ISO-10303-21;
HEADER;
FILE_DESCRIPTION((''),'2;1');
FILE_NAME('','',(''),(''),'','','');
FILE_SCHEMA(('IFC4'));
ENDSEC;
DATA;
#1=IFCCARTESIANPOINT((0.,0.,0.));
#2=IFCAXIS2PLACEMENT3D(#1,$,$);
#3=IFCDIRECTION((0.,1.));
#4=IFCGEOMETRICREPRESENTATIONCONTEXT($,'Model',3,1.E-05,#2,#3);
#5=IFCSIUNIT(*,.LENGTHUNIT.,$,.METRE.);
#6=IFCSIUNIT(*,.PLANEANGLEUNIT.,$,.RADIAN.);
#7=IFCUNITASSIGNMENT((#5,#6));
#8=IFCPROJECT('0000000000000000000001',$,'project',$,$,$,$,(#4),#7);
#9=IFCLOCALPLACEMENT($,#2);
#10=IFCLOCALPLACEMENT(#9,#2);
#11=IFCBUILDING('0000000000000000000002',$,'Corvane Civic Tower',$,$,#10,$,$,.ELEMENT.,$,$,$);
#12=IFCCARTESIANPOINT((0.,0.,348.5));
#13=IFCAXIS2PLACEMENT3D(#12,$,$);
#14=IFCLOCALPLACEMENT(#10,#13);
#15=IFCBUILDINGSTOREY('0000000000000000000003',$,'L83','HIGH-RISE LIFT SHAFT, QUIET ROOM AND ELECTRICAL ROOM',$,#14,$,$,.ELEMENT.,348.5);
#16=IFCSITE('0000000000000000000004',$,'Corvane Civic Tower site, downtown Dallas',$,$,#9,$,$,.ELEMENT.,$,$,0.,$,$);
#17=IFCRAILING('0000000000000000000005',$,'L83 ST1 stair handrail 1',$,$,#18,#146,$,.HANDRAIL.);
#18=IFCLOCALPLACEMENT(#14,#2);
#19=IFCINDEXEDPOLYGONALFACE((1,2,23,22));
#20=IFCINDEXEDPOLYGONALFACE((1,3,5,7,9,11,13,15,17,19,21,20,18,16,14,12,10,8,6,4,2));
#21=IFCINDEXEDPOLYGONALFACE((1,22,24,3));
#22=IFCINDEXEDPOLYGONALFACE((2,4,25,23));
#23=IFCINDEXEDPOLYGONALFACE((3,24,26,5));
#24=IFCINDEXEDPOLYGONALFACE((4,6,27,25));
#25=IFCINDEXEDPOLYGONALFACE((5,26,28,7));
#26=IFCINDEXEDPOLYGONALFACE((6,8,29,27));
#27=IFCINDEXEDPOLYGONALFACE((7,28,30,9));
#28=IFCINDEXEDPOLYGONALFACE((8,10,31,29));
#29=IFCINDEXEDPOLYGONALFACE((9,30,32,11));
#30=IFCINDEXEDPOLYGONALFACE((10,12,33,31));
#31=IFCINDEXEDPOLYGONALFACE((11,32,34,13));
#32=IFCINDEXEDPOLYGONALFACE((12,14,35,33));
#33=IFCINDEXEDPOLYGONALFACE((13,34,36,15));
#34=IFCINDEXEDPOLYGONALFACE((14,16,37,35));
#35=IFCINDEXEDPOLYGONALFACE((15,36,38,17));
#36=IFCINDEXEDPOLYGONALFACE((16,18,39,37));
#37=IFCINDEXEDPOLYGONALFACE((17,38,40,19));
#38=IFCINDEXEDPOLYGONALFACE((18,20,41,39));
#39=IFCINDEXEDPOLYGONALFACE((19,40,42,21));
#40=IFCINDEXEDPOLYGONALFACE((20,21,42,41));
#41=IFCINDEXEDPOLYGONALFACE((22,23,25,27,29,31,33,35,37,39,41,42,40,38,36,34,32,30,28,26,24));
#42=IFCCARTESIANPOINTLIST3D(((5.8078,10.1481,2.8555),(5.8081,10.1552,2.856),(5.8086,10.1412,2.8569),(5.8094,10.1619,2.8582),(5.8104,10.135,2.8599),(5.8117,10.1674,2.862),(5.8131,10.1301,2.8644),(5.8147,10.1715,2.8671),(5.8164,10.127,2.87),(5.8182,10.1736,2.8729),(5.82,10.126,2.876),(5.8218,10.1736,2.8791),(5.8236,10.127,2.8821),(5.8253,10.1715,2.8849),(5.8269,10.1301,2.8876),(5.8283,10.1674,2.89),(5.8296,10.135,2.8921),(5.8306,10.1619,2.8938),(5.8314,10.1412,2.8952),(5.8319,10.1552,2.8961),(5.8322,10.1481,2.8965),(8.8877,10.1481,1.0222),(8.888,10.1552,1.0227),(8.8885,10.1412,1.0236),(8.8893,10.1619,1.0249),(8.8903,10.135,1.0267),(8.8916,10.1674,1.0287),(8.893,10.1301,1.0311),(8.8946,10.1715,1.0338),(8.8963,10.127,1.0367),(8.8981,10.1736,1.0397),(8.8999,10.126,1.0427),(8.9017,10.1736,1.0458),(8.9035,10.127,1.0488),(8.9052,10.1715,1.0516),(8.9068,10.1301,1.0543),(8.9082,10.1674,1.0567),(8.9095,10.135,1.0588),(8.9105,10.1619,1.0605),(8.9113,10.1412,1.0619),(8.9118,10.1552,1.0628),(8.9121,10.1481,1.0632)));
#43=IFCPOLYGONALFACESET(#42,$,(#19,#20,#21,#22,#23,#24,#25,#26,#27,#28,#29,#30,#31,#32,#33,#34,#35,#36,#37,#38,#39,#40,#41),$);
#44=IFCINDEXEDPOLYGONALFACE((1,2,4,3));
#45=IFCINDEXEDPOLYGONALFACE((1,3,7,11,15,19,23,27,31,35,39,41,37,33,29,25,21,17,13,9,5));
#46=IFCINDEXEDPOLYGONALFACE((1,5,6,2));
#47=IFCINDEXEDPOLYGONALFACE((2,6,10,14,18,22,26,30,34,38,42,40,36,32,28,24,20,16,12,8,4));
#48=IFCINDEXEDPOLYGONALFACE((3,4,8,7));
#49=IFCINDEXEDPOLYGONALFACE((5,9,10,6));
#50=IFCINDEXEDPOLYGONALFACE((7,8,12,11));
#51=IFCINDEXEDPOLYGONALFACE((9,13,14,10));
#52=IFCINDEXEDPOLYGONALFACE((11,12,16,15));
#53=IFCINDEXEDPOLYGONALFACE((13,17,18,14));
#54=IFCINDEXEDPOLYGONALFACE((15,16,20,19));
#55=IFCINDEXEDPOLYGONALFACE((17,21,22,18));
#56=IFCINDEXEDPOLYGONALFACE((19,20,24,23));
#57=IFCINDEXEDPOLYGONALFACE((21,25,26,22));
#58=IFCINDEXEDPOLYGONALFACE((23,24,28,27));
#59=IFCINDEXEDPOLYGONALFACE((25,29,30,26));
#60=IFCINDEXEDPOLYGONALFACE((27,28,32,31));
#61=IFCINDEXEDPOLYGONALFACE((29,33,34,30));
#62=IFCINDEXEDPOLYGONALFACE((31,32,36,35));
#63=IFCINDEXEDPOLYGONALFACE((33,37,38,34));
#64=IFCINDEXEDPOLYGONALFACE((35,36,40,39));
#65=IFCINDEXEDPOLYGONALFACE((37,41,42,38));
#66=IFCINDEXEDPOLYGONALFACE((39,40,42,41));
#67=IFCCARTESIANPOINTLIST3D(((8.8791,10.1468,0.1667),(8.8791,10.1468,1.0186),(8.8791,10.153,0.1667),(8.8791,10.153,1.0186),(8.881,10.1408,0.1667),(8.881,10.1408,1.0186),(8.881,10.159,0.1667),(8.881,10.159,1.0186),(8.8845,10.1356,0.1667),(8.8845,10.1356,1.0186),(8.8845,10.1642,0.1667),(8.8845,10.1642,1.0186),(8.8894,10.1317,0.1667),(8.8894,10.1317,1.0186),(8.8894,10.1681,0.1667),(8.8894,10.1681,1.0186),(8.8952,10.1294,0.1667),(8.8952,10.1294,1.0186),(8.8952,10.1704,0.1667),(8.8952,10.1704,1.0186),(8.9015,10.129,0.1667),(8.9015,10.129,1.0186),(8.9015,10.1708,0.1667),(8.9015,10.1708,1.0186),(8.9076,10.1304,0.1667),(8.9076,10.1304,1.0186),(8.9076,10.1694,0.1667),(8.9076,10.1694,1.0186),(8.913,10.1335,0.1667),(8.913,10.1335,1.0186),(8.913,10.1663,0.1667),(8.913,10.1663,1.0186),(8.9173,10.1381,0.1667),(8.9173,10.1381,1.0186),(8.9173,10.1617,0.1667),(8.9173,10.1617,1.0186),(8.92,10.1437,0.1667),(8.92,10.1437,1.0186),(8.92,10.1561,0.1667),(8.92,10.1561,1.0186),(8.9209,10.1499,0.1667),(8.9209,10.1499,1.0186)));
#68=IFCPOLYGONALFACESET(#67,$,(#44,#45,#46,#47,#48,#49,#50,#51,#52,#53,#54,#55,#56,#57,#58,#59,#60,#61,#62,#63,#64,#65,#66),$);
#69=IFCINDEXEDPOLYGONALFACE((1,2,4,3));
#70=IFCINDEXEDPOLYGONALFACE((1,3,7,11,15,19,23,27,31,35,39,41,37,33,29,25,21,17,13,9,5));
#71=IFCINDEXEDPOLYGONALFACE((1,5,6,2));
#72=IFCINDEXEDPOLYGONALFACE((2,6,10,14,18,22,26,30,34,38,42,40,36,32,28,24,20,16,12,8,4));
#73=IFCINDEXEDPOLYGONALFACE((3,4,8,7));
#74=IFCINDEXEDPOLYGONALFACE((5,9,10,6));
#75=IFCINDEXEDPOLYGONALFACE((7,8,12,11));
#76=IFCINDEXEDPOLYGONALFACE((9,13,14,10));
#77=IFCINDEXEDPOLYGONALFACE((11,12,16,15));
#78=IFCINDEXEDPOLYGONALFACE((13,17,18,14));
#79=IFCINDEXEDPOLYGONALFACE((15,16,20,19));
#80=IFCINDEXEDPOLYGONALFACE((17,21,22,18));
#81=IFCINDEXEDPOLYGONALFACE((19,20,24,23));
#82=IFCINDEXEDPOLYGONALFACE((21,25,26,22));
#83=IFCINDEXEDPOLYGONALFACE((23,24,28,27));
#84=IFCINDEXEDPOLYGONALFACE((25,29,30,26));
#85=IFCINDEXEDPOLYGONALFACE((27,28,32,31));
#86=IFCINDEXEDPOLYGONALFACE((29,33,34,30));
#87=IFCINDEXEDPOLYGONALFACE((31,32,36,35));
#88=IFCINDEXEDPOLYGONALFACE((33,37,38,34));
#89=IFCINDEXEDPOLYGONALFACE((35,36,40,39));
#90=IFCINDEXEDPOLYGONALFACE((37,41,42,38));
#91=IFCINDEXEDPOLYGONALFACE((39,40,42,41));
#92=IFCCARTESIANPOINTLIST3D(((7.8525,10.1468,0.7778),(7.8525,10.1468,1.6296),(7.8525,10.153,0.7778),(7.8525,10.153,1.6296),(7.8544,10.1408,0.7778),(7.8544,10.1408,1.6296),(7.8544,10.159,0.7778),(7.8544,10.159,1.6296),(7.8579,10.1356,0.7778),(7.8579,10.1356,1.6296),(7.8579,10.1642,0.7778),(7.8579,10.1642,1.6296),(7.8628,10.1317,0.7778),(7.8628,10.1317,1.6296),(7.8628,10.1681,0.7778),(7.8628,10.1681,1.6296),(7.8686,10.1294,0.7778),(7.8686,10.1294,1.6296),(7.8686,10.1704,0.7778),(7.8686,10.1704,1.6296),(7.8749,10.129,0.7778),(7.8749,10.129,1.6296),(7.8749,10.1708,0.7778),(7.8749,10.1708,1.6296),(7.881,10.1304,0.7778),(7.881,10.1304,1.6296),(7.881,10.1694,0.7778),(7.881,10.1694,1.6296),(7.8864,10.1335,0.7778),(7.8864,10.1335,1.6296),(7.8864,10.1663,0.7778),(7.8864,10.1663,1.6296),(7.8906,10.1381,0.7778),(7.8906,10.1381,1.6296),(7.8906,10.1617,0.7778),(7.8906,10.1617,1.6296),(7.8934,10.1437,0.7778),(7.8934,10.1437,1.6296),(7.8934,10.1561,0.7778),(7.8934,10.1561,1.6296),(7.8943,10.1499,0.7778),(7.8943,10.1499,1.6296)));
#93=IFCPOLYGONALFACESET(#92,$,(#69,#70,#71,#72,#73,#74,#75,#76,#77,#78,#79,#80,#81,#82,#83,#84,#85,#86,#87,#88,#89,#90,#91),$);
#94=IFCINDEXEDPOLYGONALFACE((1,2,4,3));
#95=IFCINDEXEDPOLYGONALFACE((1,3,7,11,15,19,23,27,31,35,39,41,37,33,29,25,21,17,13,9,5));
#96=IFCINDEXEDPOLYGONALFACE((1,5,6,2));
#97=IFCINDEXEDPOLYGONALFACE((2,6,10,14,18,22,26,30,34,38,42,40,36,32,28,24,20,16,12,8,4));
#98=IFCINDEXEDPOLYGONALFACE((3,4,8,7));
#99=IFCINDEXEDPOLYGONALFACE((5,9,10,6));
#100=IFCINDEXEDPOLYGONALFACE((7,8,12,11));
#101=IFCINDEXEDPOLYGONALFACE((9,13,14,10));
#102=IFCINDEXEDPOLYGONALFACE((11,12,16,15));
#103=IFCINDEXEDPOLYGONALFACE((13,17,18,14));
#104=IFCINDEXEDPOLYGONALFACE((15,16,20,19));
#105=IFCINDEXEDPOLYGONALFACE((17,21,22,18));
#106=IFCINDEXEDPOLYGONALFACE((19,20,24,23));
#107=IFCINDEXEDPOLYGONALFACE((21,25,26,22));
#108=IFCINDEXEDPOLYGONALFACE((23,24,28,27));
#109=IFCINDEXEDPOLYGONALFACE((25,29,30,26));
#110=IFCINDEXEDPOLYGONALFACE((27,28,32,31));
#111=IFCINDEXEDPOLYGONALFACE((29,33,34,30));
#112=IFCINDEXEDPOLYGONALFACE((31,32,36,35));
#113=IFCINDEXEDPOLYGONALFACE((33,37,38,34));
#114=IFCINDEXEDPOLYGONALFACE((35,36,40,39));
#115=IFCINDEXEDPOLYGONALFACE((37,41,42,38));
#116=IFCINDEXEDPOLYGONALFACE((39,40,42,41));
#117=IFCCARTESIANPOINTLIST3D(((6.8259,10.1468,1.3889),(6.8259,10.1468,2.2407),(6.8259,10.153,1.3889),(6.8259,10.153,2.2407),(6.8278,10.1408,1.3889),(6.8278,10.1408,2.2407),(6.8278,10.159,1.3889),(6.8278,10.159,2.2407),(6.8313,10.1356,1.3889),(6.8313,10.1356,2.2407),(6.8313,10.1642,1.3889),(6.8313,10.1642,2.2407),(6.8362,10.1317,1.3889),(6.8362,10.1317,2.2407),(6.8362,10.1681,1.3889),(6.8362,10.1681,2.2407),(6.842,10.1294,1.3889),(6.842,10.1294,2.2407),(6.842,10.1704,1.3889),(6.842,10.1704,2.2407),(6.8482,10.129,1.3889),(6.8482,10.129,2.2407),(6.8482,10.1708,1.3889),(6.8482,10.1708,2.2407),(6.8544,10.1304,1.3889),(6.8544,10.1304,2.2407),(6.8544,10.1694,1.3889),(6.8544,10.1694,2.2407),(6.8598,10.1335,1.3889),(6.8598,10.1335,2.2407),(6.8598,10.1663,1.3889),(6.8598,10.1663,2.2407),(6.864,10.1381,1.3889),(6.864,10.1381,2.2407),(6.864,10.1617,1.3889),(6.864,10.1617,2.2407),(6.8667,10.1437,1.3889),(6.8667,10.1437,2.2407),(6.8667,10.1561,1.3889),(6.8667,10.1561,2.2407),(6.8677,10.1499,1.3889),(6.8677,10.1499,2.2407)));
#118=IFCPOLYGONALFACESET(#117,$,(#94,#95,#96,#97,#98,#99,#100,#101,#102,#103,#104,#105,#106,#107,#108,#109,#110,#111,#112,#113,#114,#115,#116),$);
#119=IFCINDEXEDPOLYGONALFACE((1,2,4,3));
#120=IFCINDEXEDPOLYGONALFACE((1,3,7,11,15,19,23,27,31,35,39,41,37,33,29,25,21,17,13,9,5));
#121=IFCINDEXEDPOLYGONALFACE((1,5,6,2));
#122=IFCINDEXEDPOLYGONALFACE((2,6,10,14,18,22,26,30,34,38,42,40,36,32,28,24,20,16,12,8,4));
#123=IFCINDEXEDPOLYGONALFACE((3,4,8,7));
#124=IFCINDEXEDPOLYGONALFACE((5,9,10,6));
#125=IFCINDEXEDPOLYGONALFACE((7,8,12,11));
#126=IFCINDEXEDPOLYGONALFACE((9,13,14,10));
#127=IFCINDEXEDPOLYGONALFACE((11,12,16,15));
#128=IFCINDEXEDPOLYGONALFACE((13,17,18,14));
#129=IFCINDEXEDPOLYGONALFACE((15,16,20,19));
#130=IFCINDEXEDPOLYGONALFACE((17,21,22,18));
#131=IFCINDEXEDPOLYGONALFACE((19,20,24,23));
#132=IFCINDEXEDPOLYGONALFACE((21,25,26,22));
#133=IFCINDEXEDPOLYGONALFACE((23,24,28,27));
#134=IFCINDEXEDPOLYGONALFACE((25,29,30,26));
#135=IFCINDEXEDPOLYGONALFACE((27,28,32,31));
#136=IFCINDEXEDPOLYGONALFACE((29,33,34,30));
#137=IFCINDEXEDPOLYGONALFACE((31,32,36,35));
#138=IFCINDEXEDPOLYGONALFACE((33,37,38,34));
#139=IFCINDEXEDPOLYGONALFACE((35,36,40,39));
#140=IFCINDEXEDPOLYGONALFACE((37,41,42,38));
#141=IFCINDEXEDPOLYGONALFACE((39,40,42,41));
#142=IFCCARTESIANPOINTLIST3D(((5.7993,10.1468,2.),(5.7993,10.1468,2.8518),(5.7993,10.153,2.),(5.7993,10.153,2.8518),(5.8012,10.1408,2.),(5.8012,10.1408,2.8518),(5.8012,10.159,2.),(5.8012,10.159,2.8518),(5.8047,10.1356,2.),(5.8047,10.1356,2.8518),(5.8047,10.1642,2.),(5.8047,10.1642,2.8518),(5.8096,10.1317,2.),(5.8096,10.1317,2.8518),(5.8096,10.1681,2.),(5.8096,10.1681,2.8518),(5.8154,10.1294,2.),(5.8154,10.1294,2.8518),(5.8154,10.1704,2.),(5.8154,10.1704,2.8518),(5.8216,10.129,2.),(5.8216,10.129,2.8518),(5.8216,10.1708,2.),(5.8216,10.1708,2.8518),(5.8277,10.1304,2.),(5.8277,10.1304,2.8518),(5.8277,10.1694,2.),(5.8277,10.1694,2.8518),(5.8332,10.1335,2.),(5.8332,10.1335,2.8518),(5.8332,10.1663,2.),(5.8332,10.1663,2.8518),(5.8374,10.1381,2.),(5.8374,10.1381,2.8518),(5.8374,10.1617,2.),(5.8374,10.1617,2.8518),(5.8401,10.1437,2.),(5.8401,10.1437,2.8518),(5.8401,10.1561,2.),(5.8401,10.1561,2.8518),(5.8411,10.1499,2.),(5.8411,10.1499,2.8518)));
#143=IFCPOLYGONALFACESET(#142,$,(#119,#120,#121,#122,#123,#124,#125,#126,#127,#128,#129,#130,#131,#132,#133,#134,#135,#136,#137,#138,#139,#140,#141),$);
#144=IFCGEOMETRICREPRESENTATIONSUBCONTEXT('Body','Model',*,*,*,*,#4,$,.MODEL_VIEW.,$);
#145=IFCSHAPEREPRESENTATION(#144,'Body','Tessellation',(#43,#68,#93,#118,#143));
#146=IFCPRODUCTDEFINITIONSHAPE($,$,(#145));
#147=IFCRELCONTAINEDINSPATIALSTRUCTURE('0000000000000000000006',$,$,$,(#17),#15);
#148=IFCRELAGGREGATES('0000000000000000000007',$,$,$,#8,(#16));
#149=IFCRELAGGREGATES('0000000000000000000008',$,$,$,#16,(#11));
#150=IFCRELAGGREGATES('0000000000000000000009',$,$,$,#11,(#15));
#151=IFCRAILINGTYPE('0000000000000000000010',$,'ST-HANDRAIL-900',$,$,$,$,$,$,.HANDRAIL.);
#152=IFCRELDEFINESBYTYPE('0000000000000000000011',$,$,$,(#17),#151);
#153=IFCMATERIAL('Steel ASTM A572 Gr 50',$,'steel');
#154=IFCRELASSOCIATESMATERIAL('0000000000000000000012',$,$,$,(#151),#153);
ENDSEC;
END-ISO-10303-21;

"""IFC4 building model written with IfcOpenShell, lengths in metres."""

from ifc_helpers import new_model, si_unit, direction, frame, origin, origin_2d, place, context, subcontext, project, spatial, circle, extrude, material, type_object, element, save


model = new_model("IFC4")

# Units and contexts
model_context = context("Model", 3, precision=1e-05, world=origin(), true_north=direction((0.0, 1.0)))
body_context = subcontext(model_context, "Body", "Model", "MODEL_VIEW")
ifc_project = project(units=[si_unit("LENGTHUNIT", "METRE"), si_unit("PLANEANGLEUNIT", "RADIAN")], contexts=[model_context])

# Site, building, storey
site_placement = place(None, origin())
site = spatial("IfcSite", under=ifc_project, at=site_placement, Name="Corvane Civic Tower site, downtown Dallas", CompositionType="ELEMENT", RefElevation=0.0)
building_placement = place(site_placement, origin())
building = spatial("IfcBuilding", under=site, at=building_placement, Name="Corvane Civic Tower", CompositionType="ELEMENT")
storey_placement = place(building_placement, frame((0.0, 0.0, 348.5)))
storey = spatial("IfcBuildingStorey", under=building, at=storey_placement, Name="L83", Description="HIGH-RISE LIFT SHAFT, QUIET ROOM AND ELECTRICAL ROOM", CompositionType="ELEMENT", Elevation=348.5)

# Railing
ifc_material_1 = material(Name="Steel ASTM A572 Gr 50", Category="steel")
railing_type = type_object("IfcRailingType", Name="ST-HANDRAIL-900", PredefinedType="HANDRAIL", material=ifc_material_1)
railing_placement = place(storey_placement, frame((8.8999, 10.1499, 0.1667)))
element("IfcRailing", 1, at=railing_placement, inside=storey, type_object=railing_type, Name="L83 ST1 stair handrail 1", PredefinedType="HANDRAIL", context=body_context, shape_type="SweptSolid", body=[
    extrude(circle(Radius=0.0239, at=origin_2d()), frame((0.0, 0.0, 0.876), z_axis=(-0.859291, 0.0, 0.511487), x_axis=(0.0, -1.0, 0.0)), (0.0, 0.0, 1.0), 3.5842),
    extrude(circle(Radius=0.021, at=origin_2d()), origin(), (0.0, 0.0, 1.0), 0.8518),
    extrude(circle(Radius=0.021, at=origin_2d()), frame((-1.0266, 0.0, 0.6111)), (0.0, 0.0, 1.0), 0.8518),
    extrude(circle(Radius=0.021, at=origin_2d()), frame((-2.0532, 0.0, 1.2222)), (0.0, 0.0, 1.0), 0.8518),
    extrude(circle(Radius=0.021, at=origin_2d()), frame((-3.0798, 0.0, 1.8333)), (0.0, 0.0, 1.0), 0.8518),
])

save(model, "model.ifc")
